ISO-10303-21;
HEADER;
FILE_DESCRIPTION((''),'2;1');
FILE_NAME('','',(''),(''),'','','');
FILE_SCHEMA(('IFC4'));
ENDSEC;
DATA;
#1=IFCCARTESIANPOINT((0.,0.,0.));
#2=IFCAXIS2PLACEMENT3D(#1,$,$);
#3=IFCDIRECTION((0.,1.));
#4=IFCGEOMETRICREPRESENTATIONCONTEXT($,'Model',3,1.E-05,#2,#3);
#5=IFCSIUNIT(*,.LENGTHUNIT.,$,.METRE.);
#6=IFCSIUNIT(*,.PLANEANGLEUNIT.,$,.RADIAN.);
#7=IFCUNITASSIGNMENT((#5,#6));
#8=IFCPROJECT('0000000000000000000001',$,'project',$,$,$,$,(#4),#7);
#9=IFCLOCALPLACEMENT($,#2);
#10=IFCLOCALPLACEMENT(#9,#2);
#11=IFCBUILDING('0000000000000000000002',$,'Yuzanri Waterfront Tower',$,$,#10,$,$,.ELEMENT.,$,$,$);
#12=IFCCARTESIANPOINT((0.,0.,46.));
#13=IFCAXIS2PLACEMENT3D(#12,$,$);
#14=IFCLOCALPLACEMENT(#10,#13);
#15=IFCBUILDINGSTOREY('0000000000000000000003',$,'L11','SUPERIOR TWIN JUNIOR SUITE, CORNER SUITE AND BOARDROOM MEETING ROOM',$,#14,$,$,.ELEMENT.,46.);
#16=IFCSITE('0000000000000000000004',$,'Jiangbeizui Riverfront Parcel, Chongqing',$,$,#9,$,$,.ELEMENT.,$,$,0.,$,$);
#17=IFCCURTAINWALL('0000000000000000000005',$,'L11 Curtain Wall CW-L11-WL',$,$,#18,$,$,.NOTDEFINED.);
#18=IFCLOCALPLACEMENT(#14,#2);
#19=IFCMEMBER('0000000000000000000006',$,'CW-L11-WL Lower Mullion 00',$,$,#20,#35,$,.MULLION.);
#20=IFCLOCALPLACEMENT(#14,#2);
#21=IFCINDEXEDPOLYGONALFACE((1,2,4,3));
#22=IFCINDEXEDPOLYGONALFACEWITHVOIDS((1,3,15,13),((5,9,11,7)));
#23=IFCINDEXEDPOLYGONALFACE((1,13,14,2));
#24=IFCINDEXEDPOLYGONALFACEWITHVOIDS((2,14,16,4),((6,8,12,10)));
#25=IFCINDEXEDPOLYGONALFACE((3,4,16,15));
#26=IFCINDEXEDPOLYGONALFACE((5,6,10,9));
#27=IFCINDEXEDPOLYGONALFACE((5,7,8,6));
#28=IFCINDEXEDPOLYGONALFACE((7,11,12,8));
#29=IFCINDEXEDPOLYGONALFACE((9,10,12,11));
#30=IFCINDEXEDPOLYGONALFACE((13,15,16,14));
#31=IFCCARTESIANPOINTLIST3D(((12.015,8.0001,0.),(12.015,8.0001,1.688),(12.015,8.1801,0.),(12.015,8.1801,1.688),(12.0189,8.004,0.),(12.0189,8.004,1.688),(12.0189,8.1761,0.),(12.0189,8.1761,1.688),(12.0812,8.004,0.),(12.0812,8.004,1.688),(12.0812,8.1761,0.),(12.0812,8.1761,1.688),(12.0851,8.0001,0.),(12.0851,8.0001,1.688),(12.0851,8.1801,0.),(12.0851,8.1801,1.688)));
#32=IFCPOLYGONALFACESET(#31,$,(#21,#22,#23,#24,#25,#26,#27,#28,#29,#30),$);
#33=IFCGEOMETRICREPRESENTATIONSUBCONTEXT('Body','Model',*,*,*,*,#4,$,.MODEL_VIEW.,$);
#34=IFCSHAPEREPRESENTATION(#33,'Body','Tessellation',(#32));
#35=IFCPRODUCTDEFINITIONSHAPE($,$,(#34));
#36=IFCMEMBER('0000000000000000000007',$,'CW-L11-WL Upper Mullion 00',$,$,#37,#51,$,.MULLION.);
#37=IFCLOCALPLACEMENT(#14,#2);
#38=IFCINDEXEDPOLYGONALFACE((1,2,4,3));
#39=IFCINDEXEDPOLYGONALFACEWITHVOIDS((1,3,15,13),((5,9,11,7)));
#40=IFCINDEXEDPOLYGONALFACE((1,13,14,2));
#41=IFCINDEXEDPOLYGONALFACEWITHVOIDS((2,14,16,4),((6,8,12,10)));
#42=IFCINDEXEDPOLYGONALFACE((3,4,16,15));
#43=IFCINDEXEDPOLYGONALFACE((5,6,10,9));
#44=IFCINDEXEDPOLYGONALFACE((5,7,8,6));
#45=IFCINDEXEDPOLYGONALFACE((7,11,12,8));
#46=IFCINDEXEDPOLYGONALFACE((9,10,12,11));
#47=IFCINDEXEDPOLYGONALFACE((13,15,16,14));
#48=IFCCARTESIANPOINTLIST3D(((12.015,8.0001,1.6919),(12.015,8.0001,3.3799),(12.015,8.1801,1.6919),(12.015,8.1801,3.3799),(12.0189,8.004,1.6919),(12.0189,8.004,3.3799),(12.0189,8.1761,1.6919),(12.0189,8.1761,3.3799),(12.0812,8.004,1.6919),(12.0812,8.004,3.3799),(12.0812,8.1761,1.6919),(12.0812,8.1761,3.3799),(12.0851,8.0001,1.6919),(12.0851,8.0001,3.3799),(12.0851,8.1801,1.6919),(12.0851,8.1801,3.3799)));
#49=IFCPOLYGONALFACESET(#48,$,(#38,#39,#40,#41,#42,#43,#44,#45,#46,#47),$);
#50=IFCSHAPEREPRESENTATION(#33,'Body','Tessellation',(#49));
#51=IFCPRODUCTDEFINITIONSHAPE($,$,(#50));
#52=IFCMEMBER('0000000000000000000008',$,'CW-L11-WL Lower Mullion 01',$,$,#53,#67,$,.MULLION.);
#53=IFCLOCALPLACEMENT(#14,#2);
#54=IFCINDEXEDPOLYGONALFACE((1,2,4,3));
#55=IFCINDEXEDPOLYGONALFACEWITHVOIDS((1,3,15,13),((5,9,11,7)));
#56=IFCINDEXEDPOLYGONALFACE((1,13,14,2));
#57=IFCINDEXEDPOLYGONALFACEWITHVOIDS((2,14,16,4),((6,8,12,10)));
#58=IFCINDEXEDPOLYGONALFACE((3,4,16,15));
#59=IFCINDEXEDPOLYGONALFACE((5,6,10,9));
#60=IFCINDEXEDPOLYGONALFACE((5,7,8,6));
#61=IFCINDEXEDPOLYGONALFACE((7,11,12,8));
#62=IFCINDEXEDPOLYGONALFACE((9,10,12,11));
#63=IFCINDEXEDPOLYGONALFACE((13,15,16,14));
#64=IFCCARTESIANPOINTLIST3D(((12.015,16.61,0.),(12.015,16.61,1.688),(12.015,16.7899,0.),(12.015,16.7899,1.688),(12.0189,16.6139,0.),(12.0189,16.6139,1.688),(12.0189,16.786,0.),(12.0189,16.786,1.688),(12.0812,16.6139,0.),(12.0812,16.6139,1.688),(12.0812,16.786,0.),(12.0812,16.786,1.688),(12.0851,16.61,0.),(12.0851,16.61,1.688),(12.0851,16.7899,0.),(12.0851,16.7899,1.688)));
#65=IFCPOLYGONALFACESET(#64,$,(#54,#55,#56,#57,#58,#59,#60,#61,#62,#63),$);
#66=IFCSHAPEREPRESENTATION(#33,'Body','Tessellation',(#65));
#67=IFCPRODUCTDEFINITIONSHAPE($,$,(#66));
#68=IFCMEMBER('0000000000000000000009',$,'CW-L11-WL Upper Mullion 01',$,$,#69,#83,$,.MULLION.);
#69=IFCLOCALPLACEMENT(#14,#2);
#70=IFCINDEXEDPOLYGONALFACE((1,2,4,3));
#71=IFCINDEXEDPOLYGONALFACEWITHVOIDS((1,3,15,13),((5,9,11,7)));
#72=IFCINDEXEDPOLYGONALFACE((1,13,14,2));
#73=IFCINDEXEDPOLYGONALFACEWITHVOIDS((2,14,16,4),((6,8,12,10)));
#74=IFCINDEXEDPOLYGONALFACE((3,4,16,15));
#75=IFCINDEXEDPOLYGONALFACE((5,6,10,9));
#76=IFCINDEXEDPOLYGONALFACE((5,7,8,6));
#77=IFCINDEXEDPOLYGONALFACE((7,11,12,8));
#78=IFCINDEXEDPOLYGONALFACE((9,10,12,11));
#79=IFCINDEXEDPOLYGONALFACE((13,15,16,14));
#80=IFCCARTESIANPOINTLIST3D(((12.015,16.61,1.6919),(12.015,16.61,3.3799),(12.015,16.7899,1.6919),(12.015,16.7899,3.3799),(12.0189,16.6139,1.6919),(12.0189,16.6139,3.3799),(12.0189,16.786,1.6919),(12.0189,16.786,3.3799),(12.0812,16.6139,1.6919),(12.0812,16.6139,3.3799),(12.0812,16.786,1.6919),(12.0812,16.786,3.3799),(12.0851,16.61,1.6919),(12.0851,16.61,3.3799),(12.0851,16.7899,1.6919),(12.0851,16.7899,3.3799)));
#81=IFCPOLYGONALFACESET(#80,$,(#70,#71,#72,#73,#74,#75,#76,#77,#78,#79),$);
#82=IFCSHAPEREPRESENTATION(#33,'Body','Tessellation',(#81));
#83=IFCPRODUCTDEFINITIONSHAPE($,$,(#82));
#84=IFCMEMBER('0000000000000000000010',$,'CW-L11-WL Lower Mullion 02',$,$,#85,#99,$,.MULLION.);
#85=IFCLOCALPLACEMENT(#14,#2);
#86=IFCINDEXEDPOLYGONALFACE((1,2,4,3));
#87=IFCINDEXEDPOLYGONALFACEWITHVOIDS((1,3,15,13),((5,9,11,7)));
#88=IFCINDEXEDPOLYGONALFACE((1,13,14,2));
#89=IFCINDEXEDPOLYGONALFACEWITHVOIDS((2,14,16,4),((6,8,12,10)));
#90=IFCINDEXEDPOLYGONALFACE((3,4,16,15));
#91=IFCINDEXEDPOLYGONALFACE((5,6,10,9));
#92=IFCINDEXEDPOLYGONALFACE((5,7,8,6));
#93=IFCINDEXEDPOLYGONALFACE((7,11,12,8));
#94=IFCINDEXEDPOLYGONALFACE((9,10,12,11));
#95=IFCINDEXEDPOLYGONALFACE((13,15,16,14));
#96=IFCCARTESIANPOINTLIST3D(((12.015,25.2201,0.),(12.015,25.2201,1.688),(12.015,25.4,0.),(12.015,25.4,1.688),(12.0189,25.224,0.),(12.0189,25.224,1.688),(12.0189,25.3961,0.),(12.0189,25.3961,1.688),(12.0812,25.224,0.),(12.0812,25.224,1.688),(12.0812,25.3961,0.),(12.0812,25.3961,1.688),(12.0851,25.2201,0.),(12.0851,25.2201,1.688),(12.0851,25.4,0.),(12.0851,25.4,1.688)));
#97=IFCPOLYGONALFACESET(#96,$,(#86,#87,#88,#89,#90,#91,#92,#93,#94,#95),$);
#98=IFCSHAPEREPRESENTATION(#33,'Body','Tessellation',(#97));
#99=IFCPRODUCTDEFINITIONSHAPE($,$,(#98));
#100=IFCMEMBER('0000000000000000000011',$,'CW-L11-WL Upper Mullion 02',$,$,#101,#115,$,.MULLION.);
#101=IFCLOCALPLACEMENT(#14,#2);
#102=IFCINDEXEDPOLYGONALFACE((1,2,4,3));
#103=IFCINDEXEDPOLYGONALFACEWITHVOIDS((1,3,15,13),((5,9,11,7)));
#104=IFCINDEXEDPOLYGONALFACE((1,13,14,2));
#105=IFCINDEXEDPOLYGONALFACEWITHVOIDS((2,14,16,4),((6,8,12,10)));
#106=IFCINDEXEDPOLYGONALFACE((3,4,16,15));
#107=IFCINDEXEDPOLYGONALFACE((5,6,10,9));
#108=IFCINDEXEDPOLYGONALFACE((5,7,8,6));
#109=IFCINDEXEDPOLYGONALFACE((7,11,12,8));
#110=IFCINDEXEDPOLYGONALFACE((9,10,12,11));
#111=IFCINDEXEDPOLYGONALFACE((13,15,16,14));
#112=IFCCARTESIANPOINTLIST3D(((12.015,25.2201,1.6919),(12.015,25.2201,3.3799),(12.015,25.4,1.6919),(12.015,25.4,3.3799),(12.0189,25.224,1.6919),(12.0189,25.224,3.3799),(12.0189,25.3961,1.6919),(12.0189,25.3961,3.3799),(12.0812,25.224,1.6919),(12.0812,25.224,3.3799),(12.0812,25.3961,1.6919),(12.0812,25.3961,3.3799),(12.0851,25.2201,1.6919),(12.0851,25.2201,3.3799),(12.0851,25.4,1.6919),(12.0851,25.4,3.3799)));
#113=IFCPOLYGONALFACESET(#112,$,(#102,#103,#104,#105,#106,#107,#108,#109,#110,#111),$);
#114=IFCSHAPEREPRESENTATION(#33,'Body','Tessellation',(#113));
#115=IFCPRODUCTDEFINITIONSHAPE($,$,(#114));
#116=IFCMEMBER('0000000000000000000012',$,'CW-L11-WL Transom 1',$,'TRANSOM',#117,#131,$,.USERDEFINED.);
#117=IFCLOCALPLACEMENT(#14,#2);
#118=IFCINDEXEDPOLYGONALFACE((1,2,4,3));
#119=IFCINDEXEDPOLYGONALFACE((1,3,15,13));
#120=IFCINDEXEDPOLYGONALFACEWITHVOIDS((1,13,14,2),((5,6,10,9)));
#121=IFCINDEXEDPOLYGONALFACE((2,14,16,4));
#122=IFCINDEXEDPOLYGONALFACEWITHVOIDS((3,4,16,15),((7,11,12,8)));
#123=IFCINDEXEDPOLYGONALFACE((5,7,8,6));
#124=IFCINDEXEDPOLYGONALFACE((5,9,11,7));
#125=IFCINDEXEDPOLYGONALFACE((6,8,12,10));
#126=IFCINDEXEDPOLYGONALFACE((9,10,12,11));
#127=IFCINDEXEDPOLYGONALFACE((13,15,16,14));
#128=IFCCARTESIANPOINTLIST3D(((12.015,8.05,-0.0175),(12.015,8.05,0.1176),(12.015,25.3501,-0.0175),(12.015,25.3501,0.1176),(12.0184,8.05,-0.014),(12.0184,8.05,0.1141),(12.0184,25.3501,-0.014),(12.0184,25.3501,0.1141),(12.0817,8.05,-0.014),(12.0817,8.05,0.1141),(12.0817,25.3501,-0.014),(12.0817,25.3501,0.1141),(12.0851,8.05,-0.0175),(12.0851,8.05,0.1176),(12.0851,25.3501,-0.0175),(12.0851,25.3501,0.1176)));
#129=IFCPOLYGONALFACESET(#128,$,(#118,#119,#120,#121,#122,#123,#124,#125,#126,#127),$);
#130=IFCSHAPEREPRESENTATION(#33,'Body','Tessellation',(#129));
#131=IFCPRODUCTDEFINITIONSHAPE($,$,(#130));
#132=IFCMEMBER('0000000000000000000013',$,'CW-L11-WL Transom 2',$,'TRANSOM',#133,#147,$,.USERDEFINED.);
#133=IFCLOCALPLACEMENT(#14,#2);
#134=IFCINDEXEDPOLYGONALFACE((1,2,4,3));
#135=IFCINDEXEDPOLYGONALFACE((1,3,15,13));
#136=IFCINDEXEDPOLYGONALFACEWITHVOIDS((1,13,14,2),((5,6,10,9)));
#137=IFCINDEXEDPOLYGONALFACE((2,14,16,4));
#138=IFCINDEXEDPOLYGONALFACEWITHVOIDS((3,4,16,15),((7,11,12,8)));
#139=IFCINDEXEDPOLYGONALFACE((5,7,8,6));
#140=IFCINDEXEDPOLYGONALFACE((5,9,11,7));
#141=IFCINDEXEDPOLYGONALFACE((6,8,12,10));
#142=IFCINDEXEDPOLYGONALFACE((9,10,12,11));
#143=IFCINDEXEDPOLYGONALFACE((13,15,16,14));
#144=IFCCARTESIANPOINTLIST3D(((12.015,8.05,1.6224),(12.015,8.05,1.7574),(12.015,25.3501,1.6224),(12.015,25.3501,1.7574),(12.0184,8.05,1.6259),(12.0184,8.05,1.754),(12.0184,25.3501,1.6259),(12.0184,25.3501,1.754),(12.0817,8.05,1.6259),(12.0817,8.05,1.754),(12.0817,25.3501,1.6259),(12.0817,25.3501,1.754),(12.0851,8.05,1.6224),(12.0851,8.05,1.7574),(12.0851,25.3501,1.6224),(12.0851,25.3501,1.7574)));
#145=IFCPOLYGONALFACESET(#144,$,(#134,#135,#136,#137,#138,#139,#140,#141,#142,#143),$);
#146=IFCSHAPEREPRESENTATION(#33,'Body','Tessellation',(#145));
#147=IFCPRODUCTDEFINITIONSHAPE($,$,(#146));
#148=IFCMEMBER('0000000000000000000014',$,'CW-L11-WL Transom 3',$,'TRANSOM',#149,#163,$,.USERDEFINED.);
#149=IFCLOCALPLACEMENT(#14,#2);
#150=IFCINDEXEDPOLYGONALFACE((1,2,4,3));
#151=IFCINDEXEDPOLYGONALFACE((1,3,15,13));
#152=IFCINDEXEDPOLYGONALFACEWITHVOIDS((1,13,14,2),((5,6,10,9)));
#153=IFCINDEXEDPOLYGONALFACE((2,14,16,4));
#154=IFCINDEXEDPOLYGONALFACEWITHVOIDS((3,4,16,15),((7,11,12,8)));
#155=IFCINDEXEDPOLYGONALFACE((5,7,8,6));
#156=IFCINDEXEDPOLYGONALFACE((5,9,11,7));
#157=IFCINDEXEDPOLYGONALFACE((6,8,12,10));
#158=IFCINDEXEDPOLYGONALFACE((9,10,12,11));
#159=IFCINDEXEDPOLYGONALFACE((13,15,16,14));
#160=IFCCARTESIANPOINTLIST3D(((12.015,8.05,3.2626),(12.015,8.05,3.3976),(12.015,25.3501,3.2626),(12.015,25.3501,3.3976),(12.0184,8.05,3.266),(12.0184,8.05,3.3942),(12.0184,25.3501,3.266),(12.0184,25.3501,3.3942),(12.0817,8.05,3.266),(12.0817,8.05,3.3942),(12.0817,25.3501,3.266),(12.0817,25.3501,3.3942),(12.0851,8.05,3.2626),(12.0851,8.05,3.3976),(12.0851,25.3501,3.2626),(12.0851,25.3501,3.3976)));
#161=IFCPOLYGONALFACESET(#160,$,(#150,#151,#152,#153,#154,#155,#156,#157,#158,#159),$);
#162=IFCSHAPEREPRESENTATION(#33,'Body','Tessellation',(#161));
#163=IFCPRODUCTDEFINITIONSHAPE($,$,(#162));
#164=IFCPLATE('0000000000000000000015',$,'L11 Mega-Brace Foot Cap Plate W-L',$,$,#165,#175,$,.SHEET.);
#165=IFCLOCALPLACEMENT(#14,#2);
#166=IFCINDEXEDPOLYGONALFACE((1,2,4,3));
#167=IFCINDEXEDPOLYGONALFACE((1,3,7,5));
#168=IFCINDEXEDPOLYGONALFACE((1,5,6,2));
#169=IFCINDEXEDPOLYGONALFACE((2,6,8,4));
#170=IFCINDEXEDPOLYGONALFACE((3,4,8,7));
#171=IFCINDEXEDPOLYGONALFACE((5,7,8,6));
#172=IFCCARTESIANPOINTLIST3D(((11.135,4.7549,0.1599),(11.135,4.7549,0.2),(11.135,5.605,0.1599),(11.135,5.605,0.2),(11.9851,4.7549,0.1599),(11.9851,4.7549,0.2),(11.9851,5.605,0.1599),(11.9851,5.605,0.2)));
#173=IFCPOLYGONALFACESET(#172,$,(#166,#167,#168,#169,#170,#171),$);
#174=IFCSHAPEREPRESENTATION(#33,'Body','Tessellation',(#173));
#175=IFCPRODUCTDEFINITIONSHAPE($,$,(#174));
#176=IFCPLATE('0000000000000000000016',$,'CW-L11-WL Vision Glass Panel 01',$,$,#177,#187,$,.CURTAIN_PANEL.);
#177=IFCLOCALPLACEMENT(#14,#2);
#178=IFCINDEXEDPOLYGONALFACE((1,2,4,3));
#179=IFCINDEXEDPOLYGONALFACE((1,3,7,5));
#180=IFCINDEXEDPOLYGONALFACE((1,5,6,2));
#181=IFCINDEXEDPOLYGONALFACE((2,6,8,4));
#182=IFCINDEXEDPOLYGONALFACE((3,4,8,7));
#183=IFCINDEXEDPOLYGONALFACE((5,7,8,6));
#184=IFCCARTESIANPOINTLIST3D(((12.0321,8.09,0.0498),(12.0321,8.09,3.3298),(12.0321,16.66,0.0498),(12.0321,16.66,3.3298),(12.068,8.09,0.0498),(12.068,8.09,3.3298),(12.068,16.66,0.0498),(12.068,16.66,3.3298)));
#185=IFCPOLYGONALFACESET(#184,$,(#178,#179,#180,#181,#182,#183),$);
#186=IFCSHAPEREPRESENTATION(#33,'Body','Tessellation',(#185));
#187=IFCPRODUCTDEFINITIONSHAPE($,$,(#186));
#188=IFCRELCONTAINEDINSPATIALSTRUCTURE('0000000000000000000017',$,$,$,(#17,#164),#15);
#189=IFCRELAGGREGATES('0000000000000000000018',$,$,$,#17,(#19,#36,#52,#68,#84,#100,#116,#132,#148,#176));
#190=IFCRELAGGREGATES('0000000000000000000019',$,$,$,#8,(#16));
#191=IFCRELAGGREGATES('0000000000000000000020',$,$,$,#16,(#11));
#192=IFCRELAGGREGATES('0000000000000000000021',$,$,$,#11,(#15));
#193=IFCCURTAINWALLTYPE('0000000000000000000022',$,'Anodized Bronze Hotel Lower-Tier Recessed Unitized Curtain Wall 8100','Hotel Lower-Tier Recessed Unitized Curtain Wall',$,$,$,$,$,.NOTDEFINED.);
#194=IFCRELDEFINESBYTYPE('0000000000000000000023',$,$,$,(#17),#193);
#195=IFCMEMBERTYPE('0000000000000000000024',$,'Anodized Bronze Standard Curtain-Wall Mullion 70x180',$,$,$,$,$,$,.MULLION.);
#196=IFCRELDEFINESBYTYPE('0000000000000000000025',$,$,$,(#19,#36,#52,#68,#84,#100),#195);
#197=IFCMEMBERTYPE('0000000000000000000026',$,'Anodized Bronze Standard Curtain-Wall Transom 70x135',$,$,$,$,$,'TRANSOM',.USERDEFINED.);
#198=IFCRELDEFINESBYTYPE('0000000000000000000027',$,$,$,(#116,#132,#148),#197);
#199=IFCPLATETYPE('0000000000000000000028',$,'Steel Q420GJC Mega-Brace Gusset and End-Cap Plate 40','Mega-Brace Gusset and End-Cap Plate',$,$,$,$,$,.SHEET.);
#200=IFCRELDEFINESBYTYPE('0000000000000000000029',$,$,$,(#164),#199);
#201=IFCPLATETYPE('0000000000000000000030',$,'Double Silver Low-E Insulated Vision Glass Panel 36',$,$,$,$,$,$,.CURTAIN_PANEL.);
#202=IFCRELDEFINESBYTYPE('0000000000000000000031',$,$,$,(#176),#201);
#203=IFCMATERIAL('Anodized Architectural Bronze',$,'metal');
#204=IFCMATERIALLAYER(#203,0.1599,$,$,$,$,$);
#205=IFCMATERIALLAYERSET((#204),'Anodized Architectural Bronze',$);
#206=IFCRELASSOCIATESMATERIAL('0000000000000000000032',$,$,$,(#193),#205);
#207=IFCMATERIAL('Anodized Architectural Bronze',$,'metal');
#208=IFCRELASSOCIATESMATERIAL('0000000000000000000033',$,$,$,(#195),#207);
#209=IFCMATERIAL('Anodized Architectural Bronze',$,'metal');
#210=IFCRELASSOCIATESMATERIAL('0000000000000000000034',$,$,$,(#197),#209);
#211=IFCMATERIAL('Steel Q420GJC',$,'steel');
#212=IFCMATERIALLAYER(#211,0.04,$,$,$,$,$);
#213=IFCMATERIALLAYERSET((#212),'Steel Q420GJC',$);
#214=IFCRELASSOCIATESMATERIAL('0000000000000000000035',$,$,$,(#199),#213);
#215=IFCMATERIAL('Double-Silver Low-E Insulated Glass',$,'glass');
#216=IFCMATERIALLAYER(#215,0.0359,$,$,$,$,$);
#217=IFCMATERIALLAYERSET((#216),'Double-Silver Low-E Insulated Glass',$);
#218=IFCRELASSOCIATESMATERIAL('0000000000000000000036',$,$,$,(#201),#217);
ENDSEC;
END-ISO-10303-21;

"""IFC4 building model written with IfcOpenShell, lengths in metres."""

from ifc_helpers import new_model, si_unit, direction, frame, origin, origin_2d, place, context, subcontext, project, spatial, rectangle, hollow_rectangle, extrude, source, transform, mapped, material, layer, layer_set, material_profile, profile_set, type_object, element, aggregate, save


model = new_model("IFC4")

# Units and contexts
model_context = context("Model", 3, precision=1e-05, world=origin(), true_north=direction((0.0, 1.0)))
body_context = subcontext(model_context, "Body", "Model", "MODEL_VIEW")
ifc_project = project(units=[si_unit("LENGTHUNIT", "METRE"), si_unit("PLANEANGLEUNIT", "RADIAN")], contexts=[model_context])

# Site, building, storey
site_placement = place(None, origin())
site = spatial("IfcSite", under=ifc_project, at=site_placement, Name="Jiangbeizui Riverfront Parcel, Chongqing", CompositionType="ELEMENT", RefElevation=0.0)
building_placement = place(site_placement, origin())
building = spatial("IfcBuilding", under=site, at=building_placement, Name="Yuzanri Waterfront Tower", CompositionType="ELEMENT")
storey_placement = place(building_placement, frame((0.0, 0.0, 46.0)))
storey = spatial("IfcBuildingStorey", under=building, at=storey_placement, Name="L11", Description="SUPERIOR TWIN JUNIOR SUITE, CORNER SUITE AND BOARDROOM MEETING ROOM", CompositionType="ELEMENT", Elevation=46.0)

# Curtain wall, members
ifc_material_1 = material(Name="Anodized Architectural Bronze", Category="metal")
ifc_layer_1 = layer(ifc_material_1, 0.1599)
ifc_layer_set_1 = layer_set([ifc_layer_1], Name="Anodized Architectural Bronze")
curtain_wall_type = type_object("IfcCurtainWallType", Name="Anodized Bronze Hotel Lower-Tier Recessed Unitized Curtain Wall 8100", Description="Hotel Lower-Tier Recessed Unitized Curtain Wall", PredefinedType="NOTDEFINED", material=ifc_layer_set_1)
curtain_wall_placement = place(storey_placement, origin())
curtain_wall = element("IfcCurtainWall", 1, at=curtain_wall_placement, inside=storey, type_object=curtain_wall_type, Name="L11 Curtain Wall CW-L11-WL", PredefinedType="NOTDEFINED")
ifc_material_2 = material(Name="Anodized Architectural Bronze", Category="metal")
ifc_material_profile_1 = material_profile(ifc_material_2, hollow_rectangle(XDim=0.0701, YDim=0.1799, WallThickness=0.0039, at=origin_2d()), Name="CWM 70x180")
ifc_profile_set_1 = profile_set([ifc_material_profile_1], Name="Anodized Architectural Bronze")
member_type_1 = type_object("IfcMemberType", Name="Anodized Bronze Standard Curtain-Wall Mullion 70x180", PredefinedType="MULLION", material=ifc_profile_set_1)
shared_shape_1 = source(origin(), body_context, "Body", "SweptSolid", [
    extrude(hollow_rectangle(XDim=0.0701, YDim=0.1799, WallThickness=0.0039, at=origin_2d()), origin(), (0.0, 0.0, 1.0), 1.688),
])
member_1_placement = place(storey_placement, frame((12.05, 8.0901, 0.0), z_axis=(0.0, 0.0, 1.0), x_axis=(1.0, 0.0, 0.0)))
member_1 = element("IfcMember", 2, at=member_1_placement, type_object=member_type_1, Name="CW-L11-WL Lower Mullion 00", PredefinedType="MULLION", context=body_context, shape_type="MappedRepresentation", body=[
    mapped(shared_shape_1, transform((0.0, 0.0, 0.0), scale=1.0)),
])
member_2_placement = place(storey_placement, frame((12.05, 8.0901, 1.6919), z_axis=(0.0, 0.0, 1.0), x_axis=(1.0, 0.0, 0.0)))
member_2 = element("IfcMember", 3, at=member_2_placement, type_object=member_type_1, Name="CW-L11-WL Upper Mullion 00", PredefinedType="MULLION", context=body_context, shape_type="MappedRepresentation", body=[
    mapped(shared_shape_1, transform((0.0, 0.0, 0.0), scale=1.0)),
])
member_3_placement = place(storey_placement, frame((12.05, 16.7, 0.0), z_axis=(0.0, 0.0, 1.0), x_axis=(1.0, 0.0, 0.0)))
member_3 = element("IfcMember", 4, at=member_3_placement, type_object=member_type_1, Name="CW-L11-WL Lower Mullion 01", PredefinedType="MULLION", context=body_context, shape_type="MappedRepresentation", body=[
    mapped(shared_shape_1, transform((0.0, 0.0, 0.0), scale=1.0)),
])
member_4_placement = place(storey_placement, frame((12.05, 16.7, 1.6919), z_axis=(0.0, 0.0, 1.0), x_axis=(1.0, 0.0, 0.0)))
member_4 = element("IfcMember", 5, at=member_4_placement, type_object=member_type_1, Name="CW-L11-WL Upper Mullion 01", PredefinedType="MULLION", context=body_context, shape_type="MappedRepresentation", body=[
    mapped(shared_shape_1, transform((0.0, 0.0, 0.0), scale=1.0)),
])
member_5_placement = place(storey_placement, frame((12.05, 25.3101, 0.0), z_axis=(0.0, 0.0, 1.0), x_axis=(1.0, 0.0, 0.0)))
member_5 = element("IfcMember", 6, at=member_5_placement, type_object=member_type_1, Name="CW-L11-WL Lower Mullion 02", PredefinedType="MULLION", context=body_context, shape_type="MappedRepresentation", body=[
    mapped(shared_shape_1, transform((0.0, 0.0, 0.0), scale=1.0)),
])
member_6_placement = place(storey_placement, frame((12.05, 25.3101, 1.6919), z_axis=(0.0, 0.0, 1.0), x_axis=(1.0, 0.0, 0.0)))
member_6 = element("IfcMember", 7, at=member_6_placement, type_object=member_type_1, Name="CW-L11-WL Upper Mullion 02", PredefinedType="MULLION", context=body_context, shape_type="MappedRepresentation", body=[
    mapped(shared_shape_1, transform((0.0, 0.0, 0.0), scale=1.0)),
])
ifc_material_3 = material(Name="Anodized Architectural Bronze", Category="metal")
ifc_material_profile_2 = material_profile(ifc_material_3, hollow_rectangle(XDim=0.0701, YDim=0.135, WallThickness=0.0034, at=origin_2d()), Name="CWT 70x135")
ifc_profile_set_2 = profile_set([ifc_material_profile_2], Name="Anodized Architectural Bronze")
member_type_2 = type_object("IfcMemberType", Name="Anodized Bronze Standard Curtain-Wall Transom 70x135", ElementType="TRANSOM", PredefinedType="USERDEFINED", material=ifc_profile_set_2)
shared_shape_2 = source(origin(), body_context, "Body", "SweptSolid", [
    extrude(hollow_rectangle(XDim=0.0701, YDim=0.135, WallThickness=0.0034, at=origin_2d()), origin(), (0.0, 0.0, 1.0), 17.3),
])
member_7_placement = place(storey_placement, frame((12.05, 8.05, 0.05), z_axis=(0.0, 1.0, 0.0), x_axis=(-1.0, 0.0, 0.0)))
member_7 = element("IfcMember", 8, at=member_7_placement, type_object=member_type_2, Name="CW-L11-WL Transom 1", ObjectType="TRANSOM", PredefinedType="USERDEFINED", context=body_context, shape_type="MappedRepresentation", body=[
    mapped(shared_shape_2, transform((0.0, 0.0, 0.0), scale=1.0)),
])
member_8_placement = place(storey_placement, frame((12.05, 8.05, 1.6899), z_axis=(0.0, 1.0, 0.0), x_axis=(-1.0, 0.0, 0.0)))
member_8 = element("IfcMember", 9, at=member_8_placement, type_object=member_type_2, Name="CW-L11-WL Transom 2", ObjectType="TRANSOM", PredefinedType="USERDEFINED", context=body_context, shape_type="MappedRepresentation", body=[
    mapped(shared_shape_2, transform((0.0, 0.0, 0.0), scale=1.0)),
])
member_9_placement = place(storey_placement, frame((12.05, 8.05, 3.3301), z_axis=(0.0, 1.0, 0.0), x_axis=(-1.0, 0.0, 0.0)))
member_9 = element("IfcMember", 10, at=member_9_placement, type_object=member_type_2, Name="CW-L11-WL Transom 3", ObjectType="TRANSOM", PredefinedType="USERDEFINED", context=body_context, shape_type="MappedRepresentation", body=[
    mapped(shared_shape_2, transform((0.0, 0.0, 0.0), scale=1.0)),
])

# Plates
ifc_material_4 = material(Name="Steel Q420GJC", Category="steel")
ifc_layer_2 = layer(ifc_material_4, 0.04)
ifc_layer_set_2 = layer_set([ifc_layer_2], Name="Steel Q420GJC")
plate_type_1 = type_object("IfcPlateType", Name="Steel Q420GJC Mega-Brace Gusset and End-Cap Plate 40", Description="Mega-Brace Gusset and End-Cap Plate", PredefinedType="SHEET", material=ifc_layer_set_2)
shared_shape_3 = source(origin(), body_context, "Body", "SweptSolid", [
    extrude(rectangle(XDim=0.8501, YDim=0.8501, at=origin_2d()), origin(), (0.0, 0.0, 1.0), 0.04),
])
plate_1_placement = place(storey_placement, frame((11.5601, 5.1799, 0.1599), z_axis=(0.0, 0.0, 1.0), x_axis=(1.0, 0.0, 0.0)))
element("IfcPlate", 11, at=plate_1_placement, inside=storey, type_object=plate_type_1, Name="L11 Mega-Brace Foot Cap Plate W-L", PredefinedType="SHEET", context=body_context, shape_type="MappedRepresentation", body=[
    mapped(shared_shape_3, transform((0.0, 0.0, 0.0), scale=1.0)),
])
ifc_material_5 = material(Name="Double-Silver Low-E Insulated Glass", Category="glass")
ifc_layer_3 = layer(ifc_material_5, 0.0359)
ifc_layer_set_3 = layer_set([ifc_layer_3], Name="Double-Silver Low-E Insulated Glass")
plate_type_2 = type_object("IfcPlateType", Name="Double Silver Low-E Insulated Vision Glass Panel 36", PredefinedType="CURTAIN_PANEL", material=ifc_layer_set_3)
shared_shape_4 = source(origin(), body_context, "Body", "SweptSolid", [
    extrude(rectangle(XDim=8.5701, YDim=0.0359, at=origin_2d()), origin(), (0.0, 0.0, 1.0), 3.28),
])
plate_2_placement = place(storey_placement, frame((12.05, 12.375, 0.0498), z_axis=(0.0, 0.0, 1.0), x_axis=(0.0, 1.0, 0.0)))
plate_2 = element("IfcPlate", 12, at=plate_2_placement, type_object=plate_type_2, Name="CW-L11-WL Vision Glass Panel 01", PredefinedType="CURTAIN_PANEL", context=body_context, shape_type="MappedRepresentation", body=[
    mapped(shared_shape_4, transform((0.0, 0.0, 0.0), scale=1.0)),
])
aggregate(curtain_wall, [member_1, member_2, member_3, member_4, member_5, member_6, member_7, member_8, member_9, plate_2])

save(model, "model.ifc")
